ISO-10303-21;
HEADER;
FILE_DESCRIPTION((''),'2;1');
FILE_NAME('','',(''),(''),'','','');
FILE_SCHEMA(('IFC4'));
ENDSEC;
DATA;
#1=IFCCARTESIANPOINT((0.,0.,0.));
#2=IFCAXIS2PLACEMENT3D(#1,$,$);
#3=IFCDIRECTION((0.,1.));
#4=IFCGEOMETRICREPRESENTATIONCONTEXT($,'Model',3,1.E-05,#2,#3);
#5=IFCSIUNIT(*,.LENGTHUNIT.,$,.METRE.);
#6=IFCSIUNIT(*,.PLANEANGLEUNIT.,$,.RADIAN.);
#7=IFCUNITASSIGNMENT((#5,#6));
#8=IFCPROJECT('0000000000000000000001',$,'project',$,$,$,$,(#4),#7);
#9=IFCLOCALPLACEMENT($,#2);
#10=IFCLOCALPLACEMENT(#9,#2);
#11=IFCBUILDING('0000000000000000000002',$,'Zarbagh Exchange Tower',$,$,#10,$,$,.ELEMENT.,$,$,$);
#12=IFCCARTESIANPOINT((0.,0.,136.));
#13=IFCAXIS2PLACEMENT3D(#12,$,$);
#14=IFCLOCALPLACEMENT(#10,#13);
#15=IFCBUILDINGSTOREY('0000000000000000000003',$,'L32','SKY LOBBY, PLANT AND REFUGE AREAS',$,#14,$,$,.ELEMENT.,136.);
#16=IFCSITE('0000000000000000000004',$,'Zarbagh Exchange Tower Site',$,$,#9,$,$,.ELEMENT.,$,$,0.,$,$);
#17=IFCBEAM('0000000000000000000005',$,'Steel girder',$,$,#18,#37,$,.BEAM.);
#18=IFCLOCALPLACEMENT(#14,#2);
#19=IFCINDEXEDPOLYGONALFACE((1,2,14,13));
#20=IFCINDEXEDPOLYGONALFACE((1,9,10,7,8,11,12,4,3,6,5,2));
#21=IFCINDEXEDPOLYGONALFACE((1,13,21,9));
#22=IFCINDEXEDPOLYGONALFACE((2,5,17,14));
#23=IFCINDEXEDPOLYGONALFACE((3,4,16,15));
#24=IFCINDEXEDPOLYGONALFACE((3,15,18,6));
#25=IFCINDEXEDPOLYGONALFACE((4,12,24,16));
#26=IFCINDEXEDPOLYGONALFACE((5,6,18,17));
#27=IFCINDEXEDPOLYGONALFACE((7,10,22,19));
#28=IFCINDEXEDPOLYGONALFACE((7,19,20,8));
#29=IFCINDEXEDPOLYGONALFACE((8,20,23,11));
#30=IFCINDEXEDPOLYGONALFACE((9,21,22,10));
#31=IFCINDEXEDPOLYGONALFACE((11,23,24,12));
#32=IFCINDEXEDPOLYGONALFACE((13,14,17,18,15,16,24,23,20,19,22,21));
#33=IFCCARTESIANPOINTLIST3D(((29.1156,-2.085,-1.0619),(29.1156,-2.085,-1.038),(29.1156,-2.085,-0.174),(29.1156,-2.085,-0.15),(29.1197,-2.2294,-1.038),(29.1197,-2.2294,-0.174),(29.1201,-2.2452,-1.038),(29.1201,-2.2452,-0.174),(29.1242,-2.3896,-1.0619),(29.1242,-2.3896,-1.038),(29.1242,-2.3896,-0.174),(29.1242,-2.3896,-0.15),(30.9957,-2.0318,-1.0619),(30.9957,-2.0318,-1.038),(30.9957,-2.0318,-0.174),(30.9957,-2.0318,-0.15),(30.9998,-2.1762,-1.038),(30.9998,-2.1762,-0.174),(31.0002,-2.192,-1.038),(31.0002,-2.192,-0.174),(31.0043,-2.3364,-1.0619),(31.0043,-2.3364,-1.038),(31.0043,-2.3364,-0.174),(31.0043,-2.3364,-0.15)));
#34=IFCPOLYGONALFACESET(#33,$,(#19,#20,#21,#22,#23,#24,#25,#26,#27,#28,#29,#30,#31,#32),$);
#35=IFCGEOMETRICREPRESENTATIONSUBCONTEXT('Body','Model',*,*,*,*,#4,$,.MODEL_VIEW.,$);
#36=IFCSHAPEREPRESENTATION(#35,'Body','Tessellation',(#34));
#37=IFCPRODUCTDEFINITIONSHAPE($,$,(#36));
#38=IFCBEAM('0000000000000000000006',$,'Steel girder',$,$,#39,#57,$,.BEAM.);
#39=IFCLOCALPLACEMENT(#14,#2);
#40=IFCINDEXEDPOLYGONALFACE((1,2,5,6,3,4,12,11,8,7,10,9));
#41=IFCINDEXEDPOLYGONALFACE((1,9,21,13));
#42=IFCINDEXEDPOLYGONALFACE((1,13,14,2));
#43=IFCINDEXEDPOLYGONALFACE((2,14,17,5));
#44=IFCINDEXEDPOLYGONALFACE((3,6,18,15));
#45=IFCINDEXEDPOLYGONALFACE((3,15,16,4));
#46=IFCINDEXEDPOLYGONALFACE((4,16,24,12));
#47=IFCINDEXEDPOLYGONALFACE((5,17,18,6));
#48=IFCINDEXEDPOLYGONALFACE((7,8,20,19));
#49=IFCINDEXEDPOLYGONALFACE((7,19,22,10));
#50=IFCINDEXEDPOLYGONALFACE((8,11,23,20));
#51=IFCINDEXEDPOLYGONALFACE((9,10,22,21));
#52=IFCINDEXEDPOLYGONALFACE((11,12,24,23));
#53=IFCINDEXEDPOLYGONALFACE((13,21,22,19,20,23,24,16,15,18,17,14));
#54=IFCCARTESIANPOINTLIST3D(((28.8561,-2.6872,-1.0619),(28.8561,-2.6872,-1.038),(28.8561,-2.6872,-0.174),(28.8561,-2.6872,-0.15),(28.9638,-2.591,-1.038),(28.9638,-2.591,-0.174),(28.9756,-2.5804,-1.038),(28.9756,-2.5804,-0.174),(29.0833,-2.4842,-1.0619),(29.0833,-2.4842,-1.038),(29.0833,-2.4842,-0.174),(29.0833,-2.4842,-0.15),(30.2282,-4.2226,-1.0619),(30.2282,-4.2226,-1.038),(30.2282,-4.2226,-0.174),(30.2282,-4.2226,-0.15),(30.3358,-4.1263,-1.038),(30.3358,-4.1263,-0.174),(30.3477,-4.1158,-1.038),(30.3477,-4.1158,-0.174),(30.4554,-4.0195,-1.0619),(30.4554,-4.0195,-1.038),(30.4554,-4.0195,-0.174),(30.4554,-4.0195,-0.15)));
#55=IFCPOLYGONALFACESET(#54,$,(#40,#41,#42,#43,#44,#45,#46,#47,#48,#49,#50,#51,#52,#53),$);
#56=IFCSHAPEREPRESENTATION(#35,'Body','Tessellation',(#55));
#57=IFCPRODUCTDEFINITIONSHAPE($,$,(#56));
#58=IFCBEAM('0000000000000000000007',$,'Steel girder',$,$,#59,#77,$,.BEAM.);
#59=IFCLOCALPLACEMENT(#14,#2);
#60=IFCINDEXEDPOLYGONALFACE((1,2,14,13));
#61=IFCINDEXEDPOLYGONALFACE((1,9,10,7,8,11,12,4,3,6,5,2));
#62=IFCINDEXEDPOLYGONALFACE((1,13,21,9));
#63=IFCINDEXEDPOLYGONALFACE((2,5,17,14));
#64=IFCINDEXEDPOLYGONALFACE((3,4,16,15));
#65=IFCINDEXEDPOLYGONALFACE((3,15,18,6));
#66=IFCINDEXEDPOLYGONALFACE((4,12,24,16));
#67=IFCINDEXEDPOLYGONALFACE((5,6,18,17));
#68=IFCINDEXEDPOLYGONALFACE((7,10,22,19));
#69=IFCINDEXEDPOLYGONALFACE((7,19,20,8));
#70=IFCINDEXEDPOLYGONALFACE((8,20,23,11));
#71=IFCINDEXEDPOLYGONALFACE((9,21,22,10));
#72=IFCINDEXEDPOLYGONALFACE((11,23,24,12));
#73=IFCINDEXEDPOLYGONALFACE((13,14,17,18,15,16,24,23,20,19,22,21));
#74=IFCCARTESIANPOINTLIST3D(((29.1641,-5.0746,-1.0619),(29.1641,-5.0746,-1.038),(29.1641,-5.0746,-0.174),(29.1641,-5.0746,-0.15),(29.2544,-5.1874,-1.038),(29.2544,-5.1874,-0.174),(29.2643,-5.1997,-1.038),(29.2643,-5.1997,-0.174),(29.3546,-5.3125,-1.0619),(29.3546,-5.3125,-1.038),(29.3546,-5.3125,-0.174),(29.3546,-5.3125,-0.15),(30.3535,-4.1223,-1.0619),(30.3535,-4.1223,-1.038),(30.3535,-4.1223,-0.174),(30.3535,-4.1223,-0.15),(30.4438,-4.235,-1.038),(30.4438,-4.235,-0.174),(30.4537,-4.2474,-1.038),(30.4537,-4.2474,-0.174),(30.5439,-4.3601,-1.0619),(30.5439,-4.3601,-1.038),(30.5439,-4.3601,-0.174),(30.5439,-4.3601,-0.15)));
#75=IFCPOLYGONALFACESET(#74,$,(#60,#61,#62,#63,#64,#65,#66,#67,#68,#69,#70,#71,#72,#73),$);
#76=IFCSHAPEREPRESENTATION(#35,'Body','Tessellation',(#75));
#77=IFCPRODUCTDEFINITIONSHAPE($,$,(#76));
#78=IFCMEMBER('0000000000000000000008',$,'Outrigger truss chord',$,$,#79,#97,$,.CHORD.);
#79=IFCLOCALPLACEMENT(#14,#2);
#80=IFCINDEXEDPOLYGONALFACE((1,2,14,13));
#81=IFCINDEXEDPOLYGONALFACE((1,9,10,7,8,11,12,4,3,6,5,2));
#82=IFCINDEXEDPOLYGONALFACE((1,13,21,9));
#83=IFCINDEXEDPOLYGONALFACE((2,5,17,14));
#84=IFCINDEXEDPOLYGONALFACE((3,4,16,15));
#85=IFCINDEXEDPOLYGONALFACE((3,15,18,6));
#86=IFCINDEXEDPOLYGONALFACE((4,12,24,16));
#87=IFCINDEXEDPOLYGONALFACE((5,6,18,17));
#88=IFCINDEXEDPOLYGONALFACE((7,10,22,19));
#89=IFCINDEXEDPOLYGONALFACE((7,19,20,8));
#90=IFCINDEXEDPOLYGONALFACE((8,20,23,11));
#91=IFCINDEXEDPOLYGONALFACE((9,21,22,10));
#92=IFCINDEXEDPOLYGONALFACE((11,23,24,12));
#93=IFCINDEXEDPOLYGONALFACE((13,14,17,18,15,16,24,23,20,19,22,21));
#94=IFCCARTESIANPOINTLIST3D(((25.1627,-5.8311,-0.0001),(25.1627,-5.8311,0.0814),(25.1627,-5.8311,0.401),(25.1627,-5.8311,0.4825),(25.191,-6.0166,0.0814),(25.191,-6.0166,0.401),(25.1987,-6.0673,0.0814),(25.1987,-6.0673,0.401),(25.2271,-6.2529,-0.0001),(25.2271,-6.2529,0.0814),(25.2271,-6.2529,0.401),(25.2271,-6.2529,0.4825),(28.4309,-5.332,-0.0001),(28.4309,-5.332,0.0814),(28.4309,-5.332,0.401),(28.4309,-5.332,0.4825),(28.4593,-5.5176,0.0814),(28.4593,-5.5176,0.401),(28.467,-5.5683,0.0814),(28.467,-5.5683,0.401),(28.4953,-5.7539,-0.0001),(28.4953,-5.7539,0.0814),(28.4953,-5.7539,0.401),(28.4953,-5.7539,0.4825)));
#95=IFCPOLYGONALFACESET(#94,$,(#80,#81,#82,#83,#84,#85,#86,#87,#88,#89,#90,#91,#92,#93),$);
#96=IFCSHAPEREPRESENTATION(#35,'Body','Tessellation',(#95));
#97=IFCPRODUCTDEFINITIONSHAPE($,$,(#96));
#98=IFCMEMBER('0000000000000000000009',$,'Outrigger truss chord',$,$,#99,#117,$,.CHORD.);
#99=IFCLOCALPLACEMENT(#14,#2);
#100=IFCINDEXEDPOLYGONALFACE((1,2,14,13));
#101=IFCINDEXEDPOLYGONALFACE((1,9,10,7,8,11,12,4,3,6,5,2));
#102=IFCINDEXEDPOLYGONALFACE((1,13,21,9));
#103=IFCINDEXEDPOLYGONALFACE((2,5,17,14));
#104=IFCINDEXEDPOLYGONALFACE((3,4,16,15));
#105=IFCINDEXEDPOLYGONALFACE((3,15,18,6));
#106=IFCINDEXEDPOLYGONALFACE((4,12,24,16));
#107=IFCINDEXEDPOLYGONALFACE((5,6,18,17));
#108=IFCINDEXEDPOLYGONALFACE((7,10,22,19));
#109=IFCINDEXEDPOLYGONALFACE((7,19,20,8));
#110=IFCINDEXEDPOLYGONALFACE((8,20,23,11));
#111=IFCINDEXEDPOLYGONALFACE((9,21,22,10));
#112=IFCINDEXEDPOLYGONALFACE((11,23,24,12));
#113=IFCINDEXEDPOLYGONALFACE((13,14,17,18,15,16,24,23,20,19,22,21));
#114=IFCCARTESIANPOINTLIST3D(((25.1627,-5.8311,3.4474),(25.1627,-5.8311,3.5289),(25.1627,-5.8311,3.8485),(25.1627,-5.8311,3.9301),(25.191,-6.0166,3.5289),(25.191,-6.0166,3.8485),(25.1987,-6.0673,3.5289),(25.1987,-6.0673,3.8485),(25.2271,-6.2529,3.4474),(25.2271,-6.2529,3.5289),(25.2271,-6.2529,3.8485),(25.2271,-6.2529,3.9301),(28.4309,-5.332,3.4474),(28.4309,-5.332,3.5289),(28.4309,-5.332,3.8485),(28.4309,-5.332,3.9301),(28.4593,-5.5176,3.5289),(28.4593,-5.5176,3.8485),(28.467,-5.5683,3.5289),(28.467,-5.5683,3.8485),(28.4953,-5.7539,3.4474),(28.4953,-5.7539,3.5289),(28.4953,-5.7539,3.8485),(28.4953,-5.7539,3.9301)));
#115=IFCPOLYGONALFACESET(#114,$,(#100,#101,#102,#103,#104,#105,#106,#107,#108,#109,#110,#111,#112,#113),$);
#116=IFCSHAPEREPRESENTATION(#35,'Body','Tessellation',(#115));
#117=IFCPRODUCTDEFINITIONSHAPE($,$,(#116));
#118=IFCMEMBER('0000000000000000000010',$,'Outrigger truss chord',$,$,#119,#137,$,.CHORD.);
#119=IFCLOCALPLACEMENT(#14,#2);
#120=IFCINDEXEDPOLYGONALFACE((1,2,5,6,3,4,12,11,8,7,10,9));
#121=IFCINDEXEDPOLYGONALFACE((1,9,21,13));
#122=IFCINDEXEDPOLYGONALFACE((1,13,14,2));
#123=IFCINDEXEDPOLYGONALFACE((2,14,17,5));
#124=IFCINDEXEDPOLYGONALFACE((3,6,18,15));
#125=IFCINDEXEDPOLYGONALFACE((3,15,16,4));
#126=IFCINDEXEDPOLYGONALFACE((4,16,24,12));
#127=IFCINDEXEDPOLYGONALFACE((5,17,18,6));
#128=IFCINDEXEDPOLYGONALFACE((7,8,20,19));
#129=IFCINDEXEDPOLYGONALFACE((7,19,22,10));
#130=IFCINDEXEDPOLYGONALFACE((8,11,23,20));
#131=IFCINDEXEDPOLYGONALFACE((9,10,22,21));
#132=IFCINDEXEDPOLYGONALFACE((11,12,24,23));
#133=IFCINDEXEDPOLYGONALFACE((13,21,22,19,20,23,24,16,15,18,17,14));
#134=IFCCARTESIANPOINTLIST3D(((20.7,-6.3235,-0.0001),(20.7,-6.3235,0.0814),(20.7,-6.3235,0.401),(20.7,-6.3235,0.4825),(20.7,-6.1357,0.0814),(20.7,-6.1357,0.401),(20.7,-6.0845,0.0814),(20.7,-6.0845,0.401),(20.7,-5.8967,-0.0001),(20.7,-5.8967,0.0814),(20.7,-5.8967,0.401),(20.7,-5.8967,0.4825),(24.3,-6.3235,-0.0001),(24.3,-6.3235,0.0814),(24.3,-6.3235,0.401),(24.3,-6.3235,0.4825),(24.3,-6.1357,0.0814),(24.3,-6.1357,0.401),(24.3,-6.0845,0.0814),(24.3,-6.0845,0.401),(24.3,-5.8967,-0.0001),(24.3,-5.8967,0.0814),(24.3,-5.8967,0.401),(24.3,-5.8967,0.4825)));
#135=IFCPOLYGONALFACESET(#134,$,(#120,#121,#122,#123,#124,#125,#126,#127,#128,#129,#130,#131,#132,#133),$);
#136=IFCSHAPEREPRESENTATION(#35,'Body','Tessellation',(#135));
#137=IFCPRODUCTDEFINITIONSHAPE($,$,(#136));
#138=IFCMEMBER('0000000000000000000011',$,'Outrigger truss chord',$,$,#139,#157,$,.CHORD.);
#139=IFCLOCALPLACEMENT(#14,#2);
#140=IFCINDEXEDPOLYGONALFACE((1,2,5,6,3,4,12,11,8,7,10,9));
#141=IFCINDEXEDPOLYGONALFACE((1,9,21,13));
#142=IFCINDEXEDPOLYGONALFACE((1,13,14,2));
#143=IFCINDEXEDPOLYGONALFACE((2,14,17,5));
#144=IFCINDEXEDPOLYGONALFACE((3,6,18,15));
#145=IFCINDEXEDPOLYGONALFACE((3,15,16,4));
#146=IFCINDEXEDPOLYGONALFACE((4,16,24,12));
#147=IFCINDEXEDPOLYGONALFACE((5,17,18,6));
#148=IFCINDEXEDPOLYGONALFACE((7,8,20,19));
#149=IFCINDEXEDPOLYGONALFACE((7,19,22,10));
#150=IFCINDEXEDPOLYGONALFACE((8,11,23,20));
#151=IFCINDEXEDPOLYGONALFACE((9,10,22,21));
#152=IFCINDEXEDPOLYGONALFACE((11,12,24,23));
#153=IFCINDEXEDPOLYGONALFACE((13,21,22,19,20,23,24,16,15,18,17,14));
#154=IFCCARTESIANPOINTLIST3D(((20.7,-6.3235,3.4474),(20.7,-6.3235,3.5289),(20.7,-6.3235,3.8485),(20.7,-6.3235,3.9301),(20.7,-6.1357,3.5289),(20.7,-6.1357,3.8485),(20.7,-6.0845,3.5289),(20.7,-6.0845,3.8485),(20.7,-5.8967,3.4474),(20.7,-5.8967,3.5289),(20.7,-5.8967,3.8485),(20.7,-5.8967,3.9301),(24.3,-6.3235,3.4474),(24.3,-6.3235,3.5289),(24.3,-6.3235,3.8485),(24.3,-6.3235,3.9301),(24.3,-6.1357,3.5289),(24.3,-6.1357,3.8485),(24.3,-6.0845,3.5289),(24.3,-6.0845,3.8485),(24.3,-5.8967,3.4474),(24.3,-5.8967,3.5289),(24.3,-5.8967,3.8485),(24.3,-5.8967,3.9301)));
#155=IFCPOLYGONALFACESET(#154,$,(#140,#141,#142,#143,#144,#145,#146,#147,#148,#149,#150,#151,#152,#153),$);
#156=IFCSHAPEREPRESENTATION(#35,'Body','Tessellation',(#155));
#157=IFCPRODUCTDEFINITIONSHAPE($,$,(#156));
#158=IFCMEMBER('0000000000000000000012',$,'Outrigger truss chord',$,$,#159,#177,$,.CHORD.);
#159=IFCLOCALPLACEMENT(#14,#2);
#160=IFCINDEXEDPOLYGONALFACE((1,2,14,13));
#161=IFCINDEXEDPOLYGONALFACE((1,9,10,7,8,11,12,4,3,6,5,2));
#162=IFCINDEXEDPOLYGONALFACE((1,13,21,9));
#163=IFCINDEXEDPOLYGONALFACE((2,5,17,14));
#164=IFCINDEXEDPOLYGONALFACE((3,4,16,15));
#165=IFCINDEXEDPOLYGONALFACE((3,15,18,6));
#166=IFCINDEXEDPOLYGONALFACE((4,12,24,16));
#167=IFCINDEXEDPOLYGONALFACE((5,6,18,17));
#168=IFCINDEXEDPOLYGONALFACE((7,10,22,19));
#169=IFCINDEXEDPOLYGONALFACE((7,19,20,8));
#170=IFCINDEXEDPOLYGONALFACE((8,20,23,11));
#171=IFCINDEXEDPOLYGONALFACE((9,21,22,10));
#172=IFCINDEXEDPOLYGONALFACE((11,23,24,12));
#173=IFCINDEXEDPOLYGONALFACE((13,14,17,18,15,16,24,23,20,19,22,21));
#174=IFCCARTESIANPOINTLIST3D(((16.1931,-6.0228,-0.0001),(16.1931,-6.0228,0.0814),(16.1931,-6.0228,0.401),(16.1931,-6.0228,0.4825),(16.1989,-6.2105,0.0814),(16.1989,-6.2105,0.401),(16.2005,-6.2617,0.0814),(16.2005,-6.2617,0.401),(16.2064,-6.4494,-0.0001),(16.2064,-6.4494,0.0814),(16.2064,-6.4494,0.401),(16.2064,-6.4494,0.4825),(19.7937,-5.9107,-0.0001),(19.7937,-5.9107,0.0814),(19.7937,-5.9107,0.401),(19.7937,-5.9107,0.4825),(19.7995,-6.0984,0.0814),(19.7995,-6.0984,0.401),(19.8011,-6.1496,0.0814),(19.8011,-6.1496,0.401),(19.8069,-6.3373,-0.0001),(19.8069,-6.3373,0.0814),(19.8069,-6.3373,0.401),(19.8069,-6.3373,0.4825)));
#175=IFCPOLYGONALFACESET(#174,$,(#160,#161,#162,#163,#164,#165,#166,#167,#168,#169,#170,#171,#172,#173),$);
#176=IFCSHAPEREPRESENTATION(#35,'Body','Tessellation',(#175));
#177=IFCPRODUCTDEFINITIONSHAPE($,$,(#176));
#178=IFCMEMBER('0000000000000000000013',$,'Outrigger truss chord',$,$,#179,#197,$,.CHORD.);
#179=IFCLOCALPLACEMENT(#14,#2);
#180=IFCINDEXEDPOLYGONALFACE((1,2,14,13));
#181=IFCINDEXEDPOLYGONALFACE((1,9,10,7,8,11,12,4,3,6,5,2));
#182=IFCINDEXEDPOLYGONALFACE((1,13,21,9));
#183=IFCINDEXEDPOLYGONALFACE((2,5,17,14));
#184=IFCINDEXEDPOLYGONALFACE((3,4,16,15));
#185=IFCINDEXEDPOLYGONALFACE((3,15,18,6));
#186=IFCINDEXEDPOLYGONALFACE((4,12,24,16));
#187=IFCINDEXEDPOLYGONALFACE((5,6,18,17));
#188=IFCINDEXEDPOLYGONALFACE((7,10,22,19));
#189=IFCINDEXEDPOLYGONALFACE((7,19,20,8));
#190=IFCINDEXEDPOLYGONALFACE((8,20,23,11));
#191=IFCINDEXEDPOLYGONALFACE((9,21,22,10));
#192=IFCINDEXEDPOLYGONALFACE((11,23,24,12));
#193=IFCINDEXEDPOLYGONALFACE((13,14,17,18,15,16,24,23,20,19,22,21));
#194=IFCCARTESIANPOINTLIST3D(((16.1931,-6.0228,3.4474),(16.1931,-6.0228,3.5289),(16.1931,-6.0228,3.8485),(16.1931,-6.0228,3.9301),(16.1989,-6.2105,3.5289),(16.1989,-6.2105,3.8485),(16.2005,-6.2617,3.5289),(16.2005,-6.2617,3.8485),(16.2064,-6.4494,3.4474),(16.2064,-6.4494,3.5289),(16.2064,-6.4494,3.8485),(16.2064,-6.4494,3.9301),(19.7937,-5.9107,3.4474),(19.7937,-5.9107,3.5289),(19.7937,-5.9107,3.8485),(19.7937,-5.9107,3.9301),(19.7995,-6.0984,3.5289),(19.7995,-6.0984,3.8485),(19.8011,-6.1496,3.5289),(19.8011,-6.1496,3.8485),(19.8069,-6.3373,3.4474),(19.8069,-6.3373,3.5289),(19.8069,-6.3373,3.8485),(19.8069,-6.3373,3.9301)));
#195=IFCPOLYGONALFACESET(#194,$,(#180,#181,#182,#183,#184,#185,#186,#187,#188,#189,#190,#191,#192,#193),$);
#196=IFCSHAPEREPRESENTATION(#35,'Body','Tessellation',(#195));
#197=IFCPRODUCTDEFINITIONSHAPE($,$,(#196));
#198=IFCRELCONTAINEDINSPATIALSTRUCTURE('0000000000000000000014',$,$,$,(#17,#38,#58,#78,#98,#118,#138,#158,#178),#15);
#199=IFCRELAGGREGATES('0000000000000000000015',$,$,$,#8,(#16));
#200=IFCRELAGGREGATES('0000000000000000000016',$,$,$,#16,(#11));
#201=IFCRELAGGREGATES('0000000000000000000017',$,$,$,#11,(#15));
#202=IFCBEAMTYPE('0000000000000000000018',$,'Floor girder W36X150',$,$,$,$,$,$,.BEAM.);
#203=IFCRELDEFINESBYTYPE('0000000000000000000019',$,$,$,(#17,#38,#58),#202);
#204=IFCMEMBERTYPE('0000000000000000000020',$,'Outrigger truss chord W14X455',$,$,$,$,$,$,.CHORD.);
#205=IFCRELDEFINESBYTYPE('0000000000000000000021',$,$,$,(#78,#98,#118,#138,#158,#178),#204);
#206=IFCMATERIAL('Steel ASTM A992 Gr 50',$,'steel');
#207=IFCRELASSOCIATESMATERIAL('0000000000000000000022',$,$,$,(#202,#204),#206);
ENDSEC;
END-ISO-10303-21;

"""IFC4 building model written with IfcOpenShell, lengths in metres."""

from ifc_helpers import new_model, si_unit, direction, frame, origin, origin_2d, place, context, subcontext, project, spatial, i_section, extrude, material, material_profile, profile_set, type_object, element, save


model = new_model("IFC4")

# Units and contexts
model_context = context("Model", 3, precision=1e-05, world=origin(), true_north=direction((0.0, 1.0)))
body_context = subcontext(model_context, "Body", "Model", "MODEL_VIEW")
ifc_project = project(units=[si_unit("LENGTHUNIT", "METRE"), si_unit("PLANEANGLEUNIT", "RADIAN")], contexts=[model_context])

# Site, building, storey
site_placement = place(None, origin())
site = spatial("IfcSite", under=ifc_project, at=site_placement, Name="Zarbagh Exchange Tower Site", CompositionType="ELEMENT", RefElevation=0.0)
building_placement = place(site_placement, origin())
building = spatial("IfcBuilding", under=site, at=building_placement, Name="Zarbagh Exchange Tower", CompositionType="ELEMENT")
storey_placement = place(building_placement, frame((0.0, 0.0, 136.0)))
storey = spatial("IfcBuildingStorey", under=building, at=storey_placement, Name="L32", Description="SKY LOBBY, PLANT AND REFUGE AREAS", CompositionType="ELEMENT", Elevation=136.0)

# Shared definitions
ifc_material_1 = material(Name="Steel ASTM A992 Gr 50", Category="steel")

# Beams
ifc_material_profile_1 = material_profile(ifc_material_1, i_section(OverallWidth=0.3047, OverallDepth=0.9119, WebThickness=0.0159, FlangeThickness=0.0239, at=origin_2d()), Name="W36X150")
ifc_profile_set_1 = profile_set([ifc_material_profile_1], Name="Steel ASTM A992 Gr 50")
beam_type_1 = type_object("IfcBeamType", Name="Floor girder W36X150", PredefinedType="BEAM", material=ifc_profile_set_1)
beam_1_placement = place(storey_placement, frame((31.0, -2.1841, -0.606), z_axis=(-0.9996, -0.028297, 0.0), x_axis=(0.028297, -0.9996, 0.0)))
element("IfcBeam", 1, at=beam_1_placement, inside=storey, type_object=beam_type_1, Name="Steel girder", PredefinedType="BEAM", context=body_context, shape_type="SweptSolid", body=[
    extrude(i_section(OverallWidth=0.3047, OverallDepth=0.9119, WebThickness=0.0159, FlangeThickness=0.0239, at=origin_2d()), origin(), (0.0, 0.0, 1.0), 1.8809),
])
beam_2_placement = place(storey_placement, frame((28.9697, -2.5857, -0.606), z_axis=(0.666334, -0.745654, 0.0), x_axis=(0.745654, 0.666334, 0.0)))
element("IfcBeam", 2, at=beam_2_placement, inside=storey, type_object=beam_type_1, Name="Steel girder", PredefinedType="BEAM", context=body_context, shape_type="SweptSolid", body=[
    extrude(i_section(OverallWidth=0.3047, OverallDepth=0.9119, WebThickness=0.0159, FlangeThickness=0.0239, at=origin_2d()), origin(), (0.0, 0.0, 1.0), 2.0591),
])
beam_3_placement = place(storey_placement, frame((30.4487, -4.2412, -0.606), z_axis=(-0.780603, -0.625027, 0.0), x_axis=(0.625027, -0.780603, 0.0)))
element("IfcBeam", 3, at=beam_3_placement, inside=storey, type_object=beam_type_1, Name="Steel girder", PredefinedType="BEAM", context=body_context, shape_type="SweptSolid", body=[
    extrude(i_section(OverallWidth=0.3047, OverallDepth=0.9119, WebThickness=0.0159, FlangeThickness=0.0239, at=origin_2d()), origin(), (0.0, 0.0, 1.0), 1.5237),
])

# Members
ifc_material_profile_2 = material_profile(ifc_material_1, i_section(OverallWidth=0.4268, OverallDepth=0.4827, WebThickness=0.0513, FlangeThickness=0.0815, at=origin_2d()), Name="W14X455")
ifc_profile_set_2 = profile_set([ifc_material_profile_2], Name="Steel ASTM A992 Gr 50")
member_type_1 = type_object("IfcMemberType", Name="Outrigger truss chord W14X455", PredefinedType="CHORD", material=ifc_profile_set_2)
for number, where, z_axis, x_axis, name in (
    (4, (28.4631, -5.543, 0.2412), (-0.988544, -0.150936, 0.0), (0.150936, -0.988544, 0.0), "Outrigger truss chord"),
    (5, (28.4631, -5.543, 3.6887), (-0.988544, -0.150936, 0.0), (0.150936, -0.988544, 0.0), "Outrigger truss chord"),
):
    element("IfcMember", number, at=place(storey_placement, frame(where, z_axis=z_axis, x_axis=x_axis)), inside=storey, type_object=member_type_1, Name=name, PredefinedType="CHORD", context=body_context, shape_type="SweptSolid", body=[
        extrude(i_section(OverallWidth=0.4268, OverallDepth=0.4827, WebThickness=0.0513, FlangeThickness=0.0815, at=origin_2d()), origin(), (0.0, 0.0, 1.0), 3.3062),
    ])
for number, where, z_axis, x_axis, name in (
    (6, (24.3, -6.1101, 0.2412), (-1.0, 0.0, 0.0), (0.0, -1.0, 0.0), "Outrigger truss chord"),
    (7, (24.3, -6.1101, 3.6887), (-1.0, 0.0, 0.0), (0.0, -1.0, 0.0), "Outrigger truss chord"),
):
    element("IfcMember", number, at=place(storey_placement, frame(where, z_axis=z_axis, x_axis=x_axis)), inside=storey, type_object=member_type_1, Name=name, PredefinedType="CHORD", context=body_context, shape_type="SweptSolid", body=[
        extrude(i_section(OverallWidth=0.4268, OverallDepth=0.4827, WebThickness=0.0513, FlangeThickness=0.0815, at=origin_2d()), origin(), (0.0, 0.0, 1.0), 3.6001),
    ])
for number, where, z_axis, x_axis, name in (
    (8, (19.8003, -6.124, 0.2412), (-0.999516, -0.031108, 0.0), (0.031108, -0.999516, 0.0), "Outrigger truss chord"),
    (9, (19.8003, -6.124, 3.6887), (-0.999516, -0.031108, 0.0), (0.031108, -0.999516, 0.0), "Outrigger truss chord"),
):
    element("IfcMember", number, at=place(storey_placement, frame(where, z_axis=z_axis, x_axis=x_axis)), inside=storey, type_object=member_type_1, Name=name, PredefinedType="CHORD", context=body_context, shape_type="SweptSolid", body=[
        extrude(i_section(OverallWidth=0.4268, OverallDepth=0.4827, WebThickness=0.0513, FlangeThickness=0.0815, at=origin_2d()), origin(), (0.0, 0.0, 1.0), 3.6023),
    ])

save(model, "model.ifc")
